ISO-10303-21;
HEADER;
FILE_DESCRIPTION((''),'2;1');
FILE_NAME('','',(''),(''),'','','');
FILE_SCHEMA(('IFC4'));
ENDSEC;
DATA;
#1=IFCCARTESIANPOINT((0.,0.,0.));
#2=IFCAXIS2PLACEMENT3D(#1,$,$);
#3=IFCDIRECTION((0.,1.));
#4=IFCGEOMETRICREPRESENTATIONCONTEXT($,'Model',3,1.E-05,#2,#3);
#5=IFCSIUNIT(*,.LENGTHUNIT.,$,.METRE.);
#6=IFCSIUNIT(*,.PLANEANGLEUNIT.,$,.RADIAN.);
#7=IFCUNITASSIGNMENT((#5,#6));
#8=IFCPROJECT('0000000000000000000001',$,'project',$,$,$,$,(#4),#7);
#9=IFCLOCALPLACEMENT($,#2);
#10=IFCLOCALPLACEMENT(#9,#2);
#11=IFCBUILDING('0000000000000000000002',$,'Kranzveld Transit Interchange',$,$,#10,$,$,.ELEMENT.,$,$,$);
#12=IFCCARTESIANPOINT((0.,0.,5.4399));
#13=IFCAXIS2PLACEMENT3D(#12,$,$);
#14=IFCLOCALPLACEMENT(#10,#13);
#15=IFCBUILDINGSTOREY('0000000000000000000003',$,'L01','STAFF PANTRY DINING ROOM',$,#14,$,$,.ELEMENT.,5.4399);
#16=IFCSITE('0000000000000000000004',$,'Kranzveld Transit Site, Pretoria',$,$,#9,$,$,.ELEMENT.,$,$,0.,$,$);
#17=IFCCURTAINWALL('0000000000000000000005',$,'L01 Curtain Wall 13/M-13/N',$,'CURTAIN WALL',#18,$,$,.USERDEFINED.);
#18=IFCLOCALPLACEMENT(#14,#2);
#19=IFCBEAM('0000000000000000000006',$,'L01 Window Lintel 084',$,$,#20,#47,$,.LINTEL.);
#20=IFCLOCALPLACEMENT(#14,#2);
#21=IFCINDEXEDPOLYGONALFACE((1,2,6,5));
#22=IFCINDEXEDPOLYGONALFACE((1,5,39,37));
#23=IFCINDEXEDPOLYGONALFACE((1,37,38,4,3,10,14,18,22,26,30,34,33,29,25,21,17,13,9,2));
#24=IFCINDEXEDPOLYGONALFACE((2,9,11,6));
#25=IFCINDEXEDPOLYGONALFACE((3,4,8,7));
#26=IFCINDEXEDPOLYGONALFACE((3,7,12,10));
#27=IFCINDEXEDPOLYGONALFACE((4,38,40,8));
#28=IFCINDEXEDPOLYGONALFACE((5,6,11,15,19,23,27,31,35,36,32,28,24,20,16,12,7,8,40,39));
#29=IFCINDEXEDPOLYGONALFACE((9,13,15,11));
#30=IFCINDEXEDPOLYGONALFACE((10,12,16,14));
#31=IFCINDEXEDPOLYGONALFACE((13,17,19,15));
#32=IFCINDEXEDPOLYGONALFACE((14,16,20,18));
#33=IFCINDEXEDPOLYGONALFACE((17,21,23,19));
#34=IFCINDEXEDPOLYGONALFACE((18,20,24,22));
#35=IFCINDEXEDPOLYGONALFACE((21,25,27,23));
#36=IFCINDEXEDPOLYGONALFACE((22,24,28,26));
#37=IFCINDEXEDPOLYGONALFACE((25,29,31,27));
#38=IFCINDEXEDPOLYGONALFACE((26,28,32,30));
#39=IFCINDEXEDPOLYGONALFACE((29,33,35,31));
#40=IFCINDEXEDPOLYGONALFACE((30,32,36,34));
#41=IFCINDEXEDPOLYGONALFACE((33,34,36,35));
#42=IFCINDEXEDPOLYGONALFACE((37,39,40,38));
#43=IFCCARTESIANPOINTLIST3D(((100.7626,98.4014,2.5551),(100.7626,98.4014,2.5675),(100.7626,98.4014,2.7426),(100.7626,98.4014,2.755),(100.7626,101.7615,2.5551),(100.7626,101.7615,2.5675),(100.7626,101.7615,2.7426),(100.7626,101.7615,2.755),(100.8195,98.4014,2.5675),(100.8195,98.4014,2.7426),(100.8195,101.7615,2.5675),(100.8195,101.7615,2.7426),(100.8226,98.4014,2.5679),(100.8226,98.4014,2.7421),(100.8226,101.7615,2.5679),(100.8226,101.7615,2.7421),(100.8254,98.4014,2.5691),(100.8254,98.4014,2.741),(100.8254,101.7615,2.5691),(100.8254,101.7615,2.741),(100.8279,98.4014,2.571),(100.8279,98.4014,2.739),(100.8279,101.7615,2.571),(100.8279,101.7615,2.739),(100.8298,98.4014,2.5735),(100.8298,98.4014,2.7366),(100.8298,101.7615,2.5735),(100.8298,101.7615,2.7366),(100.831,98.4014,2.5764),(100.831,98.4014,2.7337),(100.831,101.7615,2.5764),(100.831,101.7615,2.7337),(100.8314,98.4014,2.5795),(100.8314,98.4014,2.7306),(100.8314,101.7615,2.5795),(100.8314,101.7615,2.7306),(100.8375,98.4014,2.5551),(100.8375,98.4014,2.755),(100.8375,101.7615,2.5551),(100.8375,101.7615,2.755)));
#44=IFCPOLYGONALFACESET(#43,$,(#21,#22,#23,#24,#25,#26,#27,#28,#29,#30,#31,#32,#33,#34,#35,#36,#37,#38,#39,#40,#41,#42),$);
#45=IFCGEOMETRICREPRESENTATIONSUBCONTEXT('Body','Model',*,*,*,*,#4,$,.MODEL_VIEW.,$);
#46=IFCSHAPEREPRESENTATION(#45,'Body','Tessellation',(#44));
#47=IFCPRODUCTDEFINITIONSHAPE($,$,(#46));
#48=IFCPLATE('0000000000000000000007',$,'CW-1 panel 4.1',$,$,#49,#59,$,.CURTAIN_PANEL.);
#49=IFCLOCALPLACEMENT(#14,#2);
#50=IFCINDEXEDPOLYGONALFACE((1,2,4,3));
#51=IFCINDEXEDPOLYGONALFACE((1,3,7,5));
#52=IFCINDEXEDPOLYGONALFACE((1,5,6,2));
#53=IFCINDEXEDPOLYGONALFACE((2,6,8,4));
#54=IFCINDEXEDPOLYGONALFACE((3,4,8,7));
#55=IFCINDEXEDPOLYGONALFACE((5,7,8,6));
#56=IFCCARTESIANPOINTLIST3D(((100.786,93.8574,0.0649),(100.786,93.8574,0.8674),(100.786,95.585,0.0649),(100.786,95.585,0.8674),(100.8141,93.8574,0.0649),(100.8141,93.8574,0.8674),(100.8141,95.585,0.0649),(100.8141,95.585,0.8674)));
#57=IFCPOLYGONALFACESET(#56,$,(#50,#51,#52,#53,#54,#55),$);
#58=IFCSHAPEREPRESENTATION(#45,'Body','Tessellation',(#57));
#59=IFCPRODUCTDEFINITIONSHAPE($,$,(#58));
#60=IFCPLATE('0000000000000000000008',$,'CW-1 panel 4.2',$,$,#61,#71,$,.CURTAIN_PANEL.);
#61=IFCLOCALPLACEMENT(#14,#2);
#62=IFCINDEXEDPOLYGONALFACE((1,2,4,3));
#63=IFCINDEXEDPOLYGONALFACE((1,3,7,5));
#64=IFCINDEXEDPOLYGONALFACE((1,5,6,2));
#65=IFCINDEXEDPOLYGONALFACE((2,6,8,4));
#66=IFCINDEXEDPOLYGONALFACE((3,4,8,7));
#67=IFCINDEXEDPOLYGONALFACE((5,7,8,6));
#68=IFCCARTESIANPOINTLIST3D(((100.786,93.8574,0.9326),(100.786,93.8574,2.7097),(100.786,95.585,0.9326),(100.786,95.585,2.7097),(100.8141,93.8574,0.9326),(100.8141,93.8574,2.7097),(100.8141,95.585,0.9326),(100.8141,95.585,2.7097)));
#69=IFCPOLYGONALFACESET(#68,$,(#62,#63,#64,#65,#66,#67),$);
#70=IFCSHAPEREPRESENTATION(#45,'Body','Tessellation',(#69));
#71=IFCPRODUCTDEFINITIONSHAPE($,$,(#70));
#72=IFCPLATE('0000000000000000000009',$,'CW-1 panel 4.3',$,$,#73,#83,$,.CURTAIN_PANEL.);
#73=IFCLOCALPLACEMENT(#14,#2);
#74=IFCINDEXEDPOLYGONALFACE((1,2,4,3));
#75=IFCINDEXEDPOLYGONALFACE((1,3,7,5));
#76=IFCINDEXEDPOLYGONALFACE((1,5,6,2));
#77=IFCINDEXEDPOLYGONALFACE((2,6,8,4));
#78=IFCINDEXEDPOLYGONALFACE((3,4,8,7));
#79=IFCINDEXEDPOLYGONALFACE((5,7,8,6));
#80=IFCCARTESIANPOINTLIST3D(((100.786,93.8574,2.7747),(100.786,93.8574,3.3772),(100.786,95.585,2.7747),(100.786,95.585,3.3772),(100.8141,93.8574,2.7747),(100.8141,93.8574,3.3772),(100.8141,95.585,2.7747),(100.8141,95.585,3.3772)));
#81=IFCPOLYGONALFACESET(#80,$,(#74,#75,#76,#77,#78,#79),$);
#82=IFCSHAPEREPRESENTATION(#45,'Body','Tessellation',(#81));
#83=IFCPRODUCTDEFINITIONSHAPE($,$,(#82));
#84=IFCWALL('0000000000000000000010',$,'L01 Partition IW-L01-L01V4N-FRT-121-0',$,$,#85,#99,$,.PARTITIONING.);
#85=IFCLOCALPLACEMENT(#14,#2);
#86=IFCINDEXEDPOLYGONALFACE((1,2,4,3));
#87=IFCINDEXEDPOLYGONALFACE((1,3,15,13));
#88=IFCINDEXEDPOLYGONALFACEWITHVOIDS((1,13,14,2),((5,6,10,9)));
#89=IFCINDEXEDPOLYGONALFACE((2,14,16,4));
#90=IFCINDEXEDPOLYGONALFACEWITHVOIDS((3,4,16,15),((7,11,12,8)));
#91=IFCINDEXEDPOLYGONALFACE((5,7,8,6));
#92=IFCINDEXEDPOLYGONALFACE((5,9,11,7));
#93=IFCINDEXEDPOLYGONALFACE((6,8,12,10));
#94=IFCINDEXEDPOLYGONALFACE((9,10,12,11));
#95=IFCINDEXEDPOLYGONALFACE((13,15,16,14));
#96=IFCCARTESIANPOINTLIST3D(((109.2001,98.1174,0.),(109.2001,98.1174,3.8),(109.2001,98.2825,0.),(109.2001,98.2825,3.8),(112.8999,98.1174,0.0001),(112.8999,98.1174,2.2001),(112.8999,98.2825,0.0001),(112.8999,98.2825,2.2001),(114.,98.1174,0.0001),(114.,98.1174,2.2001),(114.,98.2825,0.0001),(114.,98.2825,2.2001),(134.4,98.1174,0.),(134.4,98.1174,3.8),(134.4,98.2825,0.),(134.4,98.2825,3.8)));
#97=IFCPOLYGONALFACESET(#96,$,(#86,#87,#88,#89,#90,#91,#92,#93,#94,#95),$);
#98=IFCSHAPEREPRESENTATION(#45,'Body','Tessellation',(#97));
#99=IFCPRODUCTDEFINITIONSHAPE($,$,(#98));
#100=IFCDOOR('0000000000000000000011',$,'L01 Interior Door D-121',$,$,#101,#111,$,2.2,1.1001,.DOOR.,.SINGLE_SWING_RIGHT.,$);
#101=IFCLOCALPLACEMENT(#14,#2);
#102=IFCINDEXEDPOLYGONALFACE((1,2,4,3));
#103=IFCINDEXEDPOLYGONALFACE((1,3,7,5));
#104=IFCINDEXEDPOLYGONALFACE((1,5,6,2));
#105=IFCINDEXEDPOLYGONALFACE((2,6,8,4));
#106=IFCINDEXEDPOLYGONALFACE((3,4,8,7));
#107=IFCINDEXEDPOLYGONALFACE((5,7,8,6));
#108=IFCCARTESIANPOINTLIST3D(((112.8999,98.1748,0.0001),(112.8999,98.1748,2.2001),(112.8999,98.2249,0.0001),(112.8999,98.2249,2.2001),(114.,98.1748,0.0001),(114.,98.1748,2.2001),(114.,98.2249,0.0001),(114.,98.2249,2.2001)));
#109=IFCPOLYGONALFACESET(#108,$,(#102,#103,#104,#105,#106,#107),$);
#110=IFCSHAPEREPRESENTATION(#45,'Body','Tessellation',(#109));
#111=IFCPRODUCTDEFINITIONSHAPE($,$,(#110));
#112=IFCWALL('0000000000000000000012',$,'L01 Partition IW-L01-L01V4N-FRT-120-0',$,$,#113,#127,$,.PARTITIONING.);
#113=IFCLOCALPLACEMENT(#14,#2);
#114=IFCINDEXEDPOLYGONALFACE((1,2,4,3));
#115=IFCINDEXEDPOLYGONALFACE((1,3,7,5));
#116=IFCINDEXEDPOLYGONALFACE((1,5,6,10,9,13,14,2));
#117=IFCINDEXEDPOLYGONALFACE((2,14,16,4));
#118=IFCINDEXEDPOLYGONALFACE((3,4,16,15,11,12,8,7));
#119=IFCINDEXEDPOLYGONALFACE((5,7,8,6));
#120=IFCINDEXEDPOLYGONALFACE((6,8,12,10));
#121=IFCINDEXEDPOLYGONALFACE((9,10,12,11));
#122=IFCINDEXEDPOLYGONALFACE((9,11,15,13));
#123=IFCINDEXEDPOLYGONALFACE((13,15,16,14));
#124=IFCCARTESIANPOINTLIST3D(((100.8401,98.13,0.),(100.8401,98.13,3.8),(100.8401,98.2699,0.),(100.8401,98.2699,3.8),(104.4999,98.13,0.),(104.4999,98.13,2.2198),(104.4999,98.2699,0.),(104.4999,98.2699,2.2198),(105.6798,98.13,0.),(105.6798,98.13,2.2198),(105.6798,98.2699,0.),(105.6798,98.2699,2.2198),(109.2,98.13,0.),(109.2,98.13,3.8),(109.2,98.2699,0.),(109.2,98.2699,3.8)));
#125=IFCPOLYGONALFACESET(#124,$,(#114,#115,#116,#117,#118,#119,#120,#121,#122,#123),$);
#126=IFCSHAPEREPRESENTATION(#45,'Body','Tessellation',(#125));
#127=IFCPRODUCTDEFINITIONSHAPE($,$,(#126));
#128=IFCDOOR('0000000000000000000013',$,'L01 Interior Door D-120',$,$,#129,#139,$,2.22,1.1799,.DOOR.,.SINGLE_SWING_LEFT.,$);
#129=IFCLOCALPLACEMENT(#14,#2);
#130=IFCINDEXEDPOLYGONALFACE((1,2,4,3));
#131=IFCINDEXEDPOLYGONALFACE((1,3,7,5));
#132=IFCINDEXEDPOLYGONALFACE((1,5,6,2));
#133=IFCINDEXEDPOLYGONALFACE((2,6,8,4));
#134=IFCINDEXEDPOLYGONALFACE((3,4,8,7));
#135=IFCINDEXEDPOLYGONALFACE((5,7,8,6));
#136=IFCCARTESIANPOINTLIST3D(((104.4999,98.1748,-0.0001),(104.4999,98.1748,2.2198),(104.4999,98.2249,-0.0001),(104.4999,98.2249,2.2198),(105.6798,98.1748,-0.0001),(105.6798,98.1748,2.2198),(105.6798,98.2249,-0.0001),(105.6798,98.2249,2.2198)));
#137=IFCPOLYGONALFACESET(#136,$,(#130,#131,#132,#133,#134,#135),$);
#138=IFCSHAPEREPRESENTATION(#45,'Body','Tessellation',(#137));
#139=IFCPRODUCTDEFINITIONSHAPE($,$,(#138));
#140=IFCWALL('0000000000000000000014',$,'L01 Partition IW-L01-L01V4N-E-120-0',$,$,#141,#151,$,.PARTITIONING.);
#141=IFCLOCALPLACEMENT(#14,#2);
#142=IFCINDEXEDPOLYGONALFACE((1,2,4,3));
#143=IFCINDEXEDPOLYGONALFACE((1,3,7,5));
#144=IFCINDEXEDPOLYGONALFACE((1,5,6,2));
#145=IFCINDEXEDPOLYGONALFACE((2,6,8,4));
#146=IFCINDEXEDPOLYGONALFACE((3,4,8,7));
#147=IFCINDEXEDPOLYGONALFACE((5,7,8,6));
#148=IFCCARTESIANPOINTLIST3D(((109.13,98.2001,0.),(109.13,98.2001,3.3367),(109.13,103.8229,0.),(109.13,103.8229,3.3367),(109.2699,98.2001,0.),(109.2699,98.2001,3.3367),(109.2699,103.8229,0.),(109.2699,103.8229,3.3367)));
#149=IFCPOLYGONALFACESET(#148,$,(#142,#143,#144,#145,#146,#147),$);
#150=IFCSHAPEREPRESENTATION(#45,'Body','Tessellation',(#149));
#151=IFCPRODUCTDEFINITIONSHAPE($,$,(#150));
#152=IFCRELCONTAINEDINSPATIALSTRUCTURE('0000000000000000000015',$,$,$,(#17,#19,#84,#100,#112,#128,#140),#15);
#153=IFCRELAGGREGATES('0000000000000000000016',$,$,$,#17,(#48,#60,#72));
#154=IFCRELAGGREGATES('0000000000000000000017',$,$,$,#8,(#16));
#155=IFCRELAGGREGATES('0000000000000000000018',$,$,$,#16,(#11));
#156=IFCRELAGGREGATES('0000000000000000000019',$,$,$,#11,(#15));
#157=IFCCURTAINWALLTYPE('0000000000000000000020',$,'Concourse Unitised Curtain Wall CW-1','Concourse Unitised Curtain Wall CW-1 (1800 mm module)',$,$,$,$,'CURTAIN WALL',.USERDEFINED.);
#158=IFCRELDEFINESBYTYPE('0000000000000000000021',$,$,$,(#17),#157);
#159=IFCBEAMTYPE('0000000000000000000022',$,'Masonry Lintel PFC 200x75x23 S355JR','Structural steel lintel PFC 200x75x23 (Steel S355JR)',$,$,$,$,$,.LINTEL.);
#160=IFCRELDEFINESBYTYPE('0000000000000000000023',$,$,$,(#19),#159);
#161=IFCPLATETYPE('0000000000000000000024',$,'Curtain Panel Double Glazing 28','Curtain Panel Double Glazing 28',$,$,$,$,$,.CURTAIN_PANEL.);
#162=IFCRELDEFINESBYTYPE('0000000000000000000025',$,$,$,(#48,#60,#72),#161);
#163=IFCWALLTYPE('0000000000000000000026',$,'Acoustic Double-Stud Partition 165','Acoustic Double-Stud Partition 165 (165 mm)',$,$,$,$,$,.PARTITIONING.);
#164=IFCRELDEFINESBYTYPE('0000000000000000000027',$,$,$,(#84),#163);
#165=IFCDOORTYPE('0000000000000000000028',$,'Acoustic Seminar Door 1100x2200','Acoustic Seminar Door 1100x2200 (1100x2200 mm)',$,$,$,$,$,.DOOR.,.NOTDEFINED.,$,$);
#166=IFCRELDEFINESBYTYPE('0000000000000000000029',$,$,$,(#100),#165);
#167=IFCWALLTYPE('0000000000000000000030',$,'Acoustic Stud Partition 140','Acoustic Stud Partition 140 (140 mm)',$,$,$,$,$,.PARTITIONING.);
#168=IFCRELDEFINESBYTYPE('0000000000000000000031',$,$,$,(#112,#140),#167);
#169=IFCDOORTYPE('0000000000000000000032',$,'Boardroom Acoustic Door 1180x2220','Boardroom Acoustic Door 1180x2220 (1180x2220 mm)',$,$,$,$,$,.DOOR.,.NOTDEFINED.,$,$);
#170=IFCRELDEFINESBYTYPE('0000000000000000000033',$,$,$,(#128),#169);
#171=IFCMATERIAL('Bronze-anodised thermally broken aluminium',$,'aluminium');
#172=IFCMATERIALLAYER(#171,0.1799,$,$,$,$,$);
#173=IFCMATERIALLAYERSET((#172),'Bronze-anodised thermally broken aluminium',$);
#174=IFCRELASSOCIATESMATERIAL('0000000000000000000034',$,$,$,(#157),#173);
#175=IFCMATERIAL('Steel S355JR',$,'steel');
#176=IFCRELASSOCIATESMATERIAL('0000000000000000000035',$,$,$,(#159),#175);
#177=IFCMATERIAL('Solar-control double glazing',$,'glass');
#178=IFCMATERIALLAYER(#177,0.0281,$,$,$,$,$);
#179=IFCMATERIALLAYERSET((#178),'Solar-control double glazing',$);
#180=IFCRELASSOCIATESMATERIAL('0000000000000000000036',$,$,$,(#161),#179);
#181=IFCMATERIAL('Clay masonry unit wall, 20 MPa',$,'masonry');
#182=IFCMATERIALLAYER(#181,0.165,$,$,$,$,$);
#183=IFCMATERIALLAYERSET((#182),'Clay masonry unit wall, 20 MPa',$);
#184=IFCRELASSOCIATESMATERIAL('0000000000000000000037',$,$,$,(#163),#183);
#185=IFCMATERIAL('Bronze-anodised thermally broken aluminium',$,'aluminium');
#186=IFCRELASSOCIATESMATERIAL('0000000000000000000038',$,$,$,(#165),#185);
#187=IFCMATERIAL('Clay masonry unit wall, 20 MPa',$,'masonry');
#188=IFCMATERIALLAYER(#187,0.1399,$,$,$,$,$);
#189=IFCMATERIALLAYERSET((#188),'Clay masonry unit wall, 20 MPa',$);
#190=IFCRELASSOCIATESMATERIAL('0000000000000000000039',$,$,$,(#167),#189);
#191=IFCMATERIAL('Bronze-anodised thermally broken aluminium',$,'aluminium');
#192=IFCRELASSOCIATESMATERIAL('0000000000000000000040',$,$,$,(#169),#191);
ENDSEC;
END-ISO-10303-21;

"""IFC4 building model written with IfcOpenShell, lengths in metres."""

from ifc_helpers import new_model, si_unit, direction, frame, frame_2d, origin, origin_2d, place, context, subcontext, project, spatial, rectangle, u_section, extrude, material, layer, layer_set, material_profile, profile_set, type_object, element, fill, aggregate, save


model = new_model("IFC4")

# Units and contexts
model_context = context("Model", 3, precision=1e-05, world=origin(), true_north=direction((0.0, 1.0)))
body_context = subcontext(model_context, "Body", "Model", "MODEL_VIEW")
ifc_project = project(units=[si_unit("LENGTHUNIT", "METRE"), si_unit("PLANEANGLEUNIT", "RADIAN")], contexts=[model_context])

# Site, building, storey
site_placement = place(None, origin())
site = spatial("IfcSite", under=ifc_project, at=site_placement, Name="Kranzveld Transit Site, Pretoria", CompositionType="ELEMENT", RefElevation=0.0)
building_placement = place(site_placement, origin())
building = spatial("IfcBuilding", under=site, at=building_placement, Name="Kranzveld Transit Interchange", CompositionType="ELEMENT")
storey_placement = place(building_placement, frame((0.0, 0.0, 5.4399)))
storey = spatial("IfcBuildingStorey", under=building, at=storey_placement, Name="L01", Description="STAFF PANTRY DINING ROOM", CompositionType="ELEMENT", Elevation=5.4399)

# Curtain wall
ifc_material_1 = material(Name="Bronze-anodised thermally broken aluminium", Category="aluminium")
ifc_layer_1 = layer(ifc_material_1, 0.1799)
ifc_layer_set_1 = layer_set([ifc_layer_1], Name="Bronze-anodised thermally broken aluminium")
curtain_wall_type = type_object("IfcCurtainWallType", Name="Concourse Unitised Curtain Wall CW-1", Description="Concourse Unitised Curtain Wall CW-1 (1800 mm module)", ElementType="CURTAIN WALL", PredefinedType="USERDEFINED", material=ifc_layer_set_1)
curtain_wall_placement = place(storey_placement, origin())
curtain_wall = element("IfcCurtainWall", 1, at=curtain_wall_placement, inside=storey, type_object=curtain_wall_type, Name="L01 Curtain Wall 13/M-13/N", ObjectType="CURTAIN WALL", PredefinedType="USERDEFINED")

# Beam
ifc_material_2 = material(Name="Steel S355JR", Category="steel")
ifc_material_profile_1 = material_profile(ifc_material_2, u_section(Depth=0.2, FlangeWidth=0.075, WebThickness=0.0061, FlangeThickness=0.0125, FilletRadius=0.012, at=origin_2d()), Name="PFC 200x75x23")
ifc_profile_set_1 = profile_set([ifc_material_profile_1], Name="Steel S355JR")
beam_type_1 = type_object("IfcBeamType", Name="Masonry Lintel PFC 200x75x23 S355JR", Description="Structural steel lintel PFC 200x75x23 (Steel S355JR)", PredefinedType="LINTEL", material=ifc_profile_set_1)
beam_1_placement = place(storey_placement, frame((100.8, 98.4014, 2.655), z_axis=(0.0, 1.0, 0.0), x_axis=(-1.0, 0.0, 0.0)))
element("IfcBeam", 2, at=beam_1_placement, inside=storey, type_object=beam_type_1, Name="L01 Window Lintel 084", PredefinedType="LINTEL", context=body_context, shape_type="SweptSolid", body=[
    extrude(u_section(Depth=0.2, FlangeWidth=0.075, WebThickness=0.0061, FlangeThickness=0.0125, FilletRadius=0.012, at=origin_2d()), origin(), (0.0, 0.0, 1.0), 3.3601),
])

# Plates
ifc_material_3 = material(Name="Solar-control double glazing", Category="glass")
ifc_layer_2 = layer(ifc_material_3, 0.0281)
ifc_layer_set_2 = layer_set([ifc_layer_2], Name="Solar-control double glazing")
plate_type = type_object("IfcPlateType", Name="Curtain Panel Double Glazing 28", Description="Curtain Panel Double Glazing 28", PredefinedType="CURTAIN_PANEL", material=ifc_layer_set_2)
plate_1_placement = place(storey_placement, frame((100.8, 94.7212, 0.0649), z_axis=(0.0, 0.0, 1.0), x_axis=(0.0, 1.0, 0.0)))
plate_1 = element("IfcPlate", 3, at=plate_1_placement, type_object=plate_type, Name="CW-1 panel 4.1", PredefinedType="CURTAIN_PANEL", context=body_context, shape_type="SweptSolid", body=[
    extrude(rectangle(XDim=1.7275, YDim=0.0281, at=origin_2d()), origin(), (0.0, 0.0, 1.0), 0.8025),
])
plate_2_placement = place(storey_placement, frame((100.8, 94.7212, 0.9326), z_axis=(0.0, 0.0, 1.0), x_axis=(0.0, 1.0, 0.0)))
plate_2 = element("IfcPlate", 4, at=plate_2_placement, type_object=plate_type, Name="CW-1 panel 4.2", PredefinedType="CURTAIN_PANEL", context=body_context, shape_type="SweptSolid", body=[
    extrude(rectangle(XDim=1.7275, YDim=0.0281, at=origin_2d()), origin(), (0.0, 0.0, 1.0), 1.7771),
])
plate_3_placement = place(storey_placement, frame((100.8, 94.7212, 2.7747), z_axis=(0.0, 0.0, 1.0), x_axis=(0.0, 1.0, 0.0)))
plate_3 = element("IfcPlate", 5, at=plate_3_placement, type_object=plate_type, Name="CW-1 panel 4.3", PredefinedType="CURTAIN_PANEL", context=body_context, shape_type="SweptSolid", body=[
    extrude(rectangle(XDim=1.7275, YDim=0.0281, at=origin_2d()), origin(), (0.0, 0.0, 1.0), 0.6025),
])
aggregate(curtain_wall, [plate_1, plate_2, plate_3])

# Walls, openings, doors
ifc_material_4 = material(Name="Clay masonry unit wall, 20 MPa", Category="masonry")
ifc_layer_3 = layer(ifc_material_4, 0.165)
ifc_layer_set_3 = layer_set([ifc_layer_3], Name="Clay masonry unit wall, 20 MPa")
wall_type_1 = type_object("IfcWallType", Name="Acoustic Double-Stud Partition 165", Description="Acoustic Double-Stud Partition 165 (165 mm)", PredefinedType="PARTITIONING", material=ifc_layer_set_3)
wall_1_placement = place(storey_placement, frame((109.2, 98.2, 0.0), z_axis=(0.0, 0.0, 1.0), x_axis=(1.0, 0.0, 0.0)))
wall_1 = element("IfcWall", 6, at=wall_1_placement, inside=storey, type_object=wall_type_1, Name="L01 Partition IW-L01-L01V4N-FRT-121-0", PredefinedType="PARTITIONING", context=body_context, shape_type="SweptSolid", body=[
    extrude(rectangle(XDim=25.2, YDim=0.165, at=frame_2d((12.6001, 0.0))), origin(), (0.0, 0.0, 1.0), 3.8),
])
opening_1_placement = place(wall_1_placement, frame((3.7, 0.0, 0.0), z_axis=(0.0, 0.0, 1.0), x_axis=(1.0, 0.0, 0.0)))
opening_1 = element("IfcOpeningElement", 7, at=opening_1_placement, cuts=wall_1, PredefinedType="OPENING", context=body_context, shape_type="SweptSolid", body=[
    extrude(rectangle(XDim=1.1001, YDim=2.2, at=frame_2d((0.55, 1.1001))), frame((0.0, 0.0925, 0.0), z_axis=(0.0, -1.0, 0.0), x_axis=(1.0, 0.0, 0.0)), (0.0, 0.0, 1.0), 0.1851),
])
ifc_material_5 = material(Name="Bronze-anodised thermally broken aluminium", Category="aluminium")
door_type_1 = type_object("IfcDoorType", Name="Acoustic Seminar Door 1100x2200", Description="Acoustic Seminar Door 1100x2200 (1100x2200 mm)", OperationType="NOTDEFINED", PredefinedType="DOOR", material=ifc_material_5)
door_1_placement = place(opening_1_placement, origin())
door_1 = element("IfcDoor", 8, at=door_1_placement, inside=storey, type_object=door_type_1, Name="L01 Interior Door D-121", OperationType="SINGLE_SWING_RIGHT", OverallHeight=2.2, OverallWidth=1.1001, PredefinedType="DOOR", context=body_context, shape_type="SweptSolid", body=[
    extrude(rectangle(XDim=1.1001, YDim=2.2, at=frame_2d((0.55, 1.1001))), frame((0.0, 0.0249, 0.0), z_axis=(0.0, -1.0, 0.0), x_axis=(1.0, 0.0, 0.0)), (0.0, 0.0, 1.0), 0.05),
])
fill(opening_1, door_1)
ifc_material_6 = material(Name="Clay masonry unit wall, 20 MPa", Category="masonry")
ifc_layer_4 = layer(ifc_material_6, 0.1399)
ifc_layer_set_4 = layer_set([ifc_layer_4], Name="Clay masonry unit wall, 20 MPa")
wall_type_2 = type_object("IfcWallType", Name="Acoustic Stud Partition 140", Description="Acoustic Stud Partition 140 (140 mm)", PredefinedType="PARTITIONING", material=ifc_layer_set_4)
wall_2_placement = place(storey_placement, frame((100.8401, 98.2, 0.0), z_axis=(0.0, 0.0, 1.0), x_axis=(1.0, 0.0, 0.0)))
wall_2 = element("IfcWall", 9, at=wall_2_placement, inside=storey, type_object=wall_type_2, Name="L01 Partition IW-L01-L01V4N-FRT-120-0", PredefinedType="PARTITIONING", context=body_context, shape_type="SweptSolid", body=[
    extrude(rectangle(XDim=8.3599, YDim=0.1399, at=frame_2d((4.1799, 0.0))), origin(), (0.0, 0.0, 1.0), 3.8),
])
opening_2_placement = place(wall_2_placement, frame((3.6599, 0.0, 0.0), z_axis=(0.0, 0.0, 1.0), x_axis=(1.0, 0.0, 0.0)))
opening_2 = element("IfcOpeningElement", 10, at=opening_2_placement, cuts=wall_2, PredefinedType="OPENING", context=body_context, shape_type="SweptSolid", body=[
    extrude(rectangle(XDim=1.1799, YDim=2.22, at=frame_2d((0.5898, 1.1099))), frame((0.0, 0.0798, 0.0), z_axis=(0.0, -1.0, 0.0), x_axis=(1.0, 0.0, 0.0)), (0.0, 0.0, 1.0), 0.1599),
])
ifc_material_7 = material(Name="Bronze-anodised thermally broken aluminium", Category="aluminium")
door_type_2 = type_object("IfcDoorType", Name="Boardroom Acoustic Door 1180x2220", Description="Boardroom Acoustic Door 1180x2220 (1180x2220 mm)", OperationType="NOTDEFINED", PredefinedType="DOOR", material=ifc_material_7)
door_2_placement = place(opening_2_placement, origin())
door_2 = element("IfcDoor", 11, at=door_2_placement, inside=storey, type_object=door_type_2, Name="L01 Interior Door D-120", OperationType="SINGLE_SWING_LEFT", OverallHeight=2.22, OverallWidth=1.1799, PredefinedType="DOOR", context=body_context, shape_type="SweptSolid", body=[
    extrude(rectangle(XDim=1.1799, YDim=2.22, at=frame_2d((0.5898, 1.1099))), frame((0.0, 0.0249, 0.0), z_axis=(0.0, -1.0, 0.0), x_axis=(1.0, 0.0, 0.0)), (0.0, 0.0, 1.0), 0.05),
])
fill(opening_2, door_2)

# Wall
wall_3_placement = place(storey_placement, frame((109.2, 98.2, 0.0), z_axis=(0.0, 0.0, 1.0), x_axis=(0.0, 1.0, 0.0)))
element("IfcWall", 12, at=wall_3_placement, inside=storey, type_object=wall_type_2, Name="L01 Partition IW-L01-L01V4N-E-120-0", PredefinedType="PARTITIONING", context=body_context, shape_type="SweptSolid", body=[
    extrude(rectangle(XDim=5.6228, YDim=0.1399, at=frame_2d((2.8115, 0.0))), origin(), (0.0, 0.0, 1.0), 3.3367),
])

save(model, "model.ifc")
